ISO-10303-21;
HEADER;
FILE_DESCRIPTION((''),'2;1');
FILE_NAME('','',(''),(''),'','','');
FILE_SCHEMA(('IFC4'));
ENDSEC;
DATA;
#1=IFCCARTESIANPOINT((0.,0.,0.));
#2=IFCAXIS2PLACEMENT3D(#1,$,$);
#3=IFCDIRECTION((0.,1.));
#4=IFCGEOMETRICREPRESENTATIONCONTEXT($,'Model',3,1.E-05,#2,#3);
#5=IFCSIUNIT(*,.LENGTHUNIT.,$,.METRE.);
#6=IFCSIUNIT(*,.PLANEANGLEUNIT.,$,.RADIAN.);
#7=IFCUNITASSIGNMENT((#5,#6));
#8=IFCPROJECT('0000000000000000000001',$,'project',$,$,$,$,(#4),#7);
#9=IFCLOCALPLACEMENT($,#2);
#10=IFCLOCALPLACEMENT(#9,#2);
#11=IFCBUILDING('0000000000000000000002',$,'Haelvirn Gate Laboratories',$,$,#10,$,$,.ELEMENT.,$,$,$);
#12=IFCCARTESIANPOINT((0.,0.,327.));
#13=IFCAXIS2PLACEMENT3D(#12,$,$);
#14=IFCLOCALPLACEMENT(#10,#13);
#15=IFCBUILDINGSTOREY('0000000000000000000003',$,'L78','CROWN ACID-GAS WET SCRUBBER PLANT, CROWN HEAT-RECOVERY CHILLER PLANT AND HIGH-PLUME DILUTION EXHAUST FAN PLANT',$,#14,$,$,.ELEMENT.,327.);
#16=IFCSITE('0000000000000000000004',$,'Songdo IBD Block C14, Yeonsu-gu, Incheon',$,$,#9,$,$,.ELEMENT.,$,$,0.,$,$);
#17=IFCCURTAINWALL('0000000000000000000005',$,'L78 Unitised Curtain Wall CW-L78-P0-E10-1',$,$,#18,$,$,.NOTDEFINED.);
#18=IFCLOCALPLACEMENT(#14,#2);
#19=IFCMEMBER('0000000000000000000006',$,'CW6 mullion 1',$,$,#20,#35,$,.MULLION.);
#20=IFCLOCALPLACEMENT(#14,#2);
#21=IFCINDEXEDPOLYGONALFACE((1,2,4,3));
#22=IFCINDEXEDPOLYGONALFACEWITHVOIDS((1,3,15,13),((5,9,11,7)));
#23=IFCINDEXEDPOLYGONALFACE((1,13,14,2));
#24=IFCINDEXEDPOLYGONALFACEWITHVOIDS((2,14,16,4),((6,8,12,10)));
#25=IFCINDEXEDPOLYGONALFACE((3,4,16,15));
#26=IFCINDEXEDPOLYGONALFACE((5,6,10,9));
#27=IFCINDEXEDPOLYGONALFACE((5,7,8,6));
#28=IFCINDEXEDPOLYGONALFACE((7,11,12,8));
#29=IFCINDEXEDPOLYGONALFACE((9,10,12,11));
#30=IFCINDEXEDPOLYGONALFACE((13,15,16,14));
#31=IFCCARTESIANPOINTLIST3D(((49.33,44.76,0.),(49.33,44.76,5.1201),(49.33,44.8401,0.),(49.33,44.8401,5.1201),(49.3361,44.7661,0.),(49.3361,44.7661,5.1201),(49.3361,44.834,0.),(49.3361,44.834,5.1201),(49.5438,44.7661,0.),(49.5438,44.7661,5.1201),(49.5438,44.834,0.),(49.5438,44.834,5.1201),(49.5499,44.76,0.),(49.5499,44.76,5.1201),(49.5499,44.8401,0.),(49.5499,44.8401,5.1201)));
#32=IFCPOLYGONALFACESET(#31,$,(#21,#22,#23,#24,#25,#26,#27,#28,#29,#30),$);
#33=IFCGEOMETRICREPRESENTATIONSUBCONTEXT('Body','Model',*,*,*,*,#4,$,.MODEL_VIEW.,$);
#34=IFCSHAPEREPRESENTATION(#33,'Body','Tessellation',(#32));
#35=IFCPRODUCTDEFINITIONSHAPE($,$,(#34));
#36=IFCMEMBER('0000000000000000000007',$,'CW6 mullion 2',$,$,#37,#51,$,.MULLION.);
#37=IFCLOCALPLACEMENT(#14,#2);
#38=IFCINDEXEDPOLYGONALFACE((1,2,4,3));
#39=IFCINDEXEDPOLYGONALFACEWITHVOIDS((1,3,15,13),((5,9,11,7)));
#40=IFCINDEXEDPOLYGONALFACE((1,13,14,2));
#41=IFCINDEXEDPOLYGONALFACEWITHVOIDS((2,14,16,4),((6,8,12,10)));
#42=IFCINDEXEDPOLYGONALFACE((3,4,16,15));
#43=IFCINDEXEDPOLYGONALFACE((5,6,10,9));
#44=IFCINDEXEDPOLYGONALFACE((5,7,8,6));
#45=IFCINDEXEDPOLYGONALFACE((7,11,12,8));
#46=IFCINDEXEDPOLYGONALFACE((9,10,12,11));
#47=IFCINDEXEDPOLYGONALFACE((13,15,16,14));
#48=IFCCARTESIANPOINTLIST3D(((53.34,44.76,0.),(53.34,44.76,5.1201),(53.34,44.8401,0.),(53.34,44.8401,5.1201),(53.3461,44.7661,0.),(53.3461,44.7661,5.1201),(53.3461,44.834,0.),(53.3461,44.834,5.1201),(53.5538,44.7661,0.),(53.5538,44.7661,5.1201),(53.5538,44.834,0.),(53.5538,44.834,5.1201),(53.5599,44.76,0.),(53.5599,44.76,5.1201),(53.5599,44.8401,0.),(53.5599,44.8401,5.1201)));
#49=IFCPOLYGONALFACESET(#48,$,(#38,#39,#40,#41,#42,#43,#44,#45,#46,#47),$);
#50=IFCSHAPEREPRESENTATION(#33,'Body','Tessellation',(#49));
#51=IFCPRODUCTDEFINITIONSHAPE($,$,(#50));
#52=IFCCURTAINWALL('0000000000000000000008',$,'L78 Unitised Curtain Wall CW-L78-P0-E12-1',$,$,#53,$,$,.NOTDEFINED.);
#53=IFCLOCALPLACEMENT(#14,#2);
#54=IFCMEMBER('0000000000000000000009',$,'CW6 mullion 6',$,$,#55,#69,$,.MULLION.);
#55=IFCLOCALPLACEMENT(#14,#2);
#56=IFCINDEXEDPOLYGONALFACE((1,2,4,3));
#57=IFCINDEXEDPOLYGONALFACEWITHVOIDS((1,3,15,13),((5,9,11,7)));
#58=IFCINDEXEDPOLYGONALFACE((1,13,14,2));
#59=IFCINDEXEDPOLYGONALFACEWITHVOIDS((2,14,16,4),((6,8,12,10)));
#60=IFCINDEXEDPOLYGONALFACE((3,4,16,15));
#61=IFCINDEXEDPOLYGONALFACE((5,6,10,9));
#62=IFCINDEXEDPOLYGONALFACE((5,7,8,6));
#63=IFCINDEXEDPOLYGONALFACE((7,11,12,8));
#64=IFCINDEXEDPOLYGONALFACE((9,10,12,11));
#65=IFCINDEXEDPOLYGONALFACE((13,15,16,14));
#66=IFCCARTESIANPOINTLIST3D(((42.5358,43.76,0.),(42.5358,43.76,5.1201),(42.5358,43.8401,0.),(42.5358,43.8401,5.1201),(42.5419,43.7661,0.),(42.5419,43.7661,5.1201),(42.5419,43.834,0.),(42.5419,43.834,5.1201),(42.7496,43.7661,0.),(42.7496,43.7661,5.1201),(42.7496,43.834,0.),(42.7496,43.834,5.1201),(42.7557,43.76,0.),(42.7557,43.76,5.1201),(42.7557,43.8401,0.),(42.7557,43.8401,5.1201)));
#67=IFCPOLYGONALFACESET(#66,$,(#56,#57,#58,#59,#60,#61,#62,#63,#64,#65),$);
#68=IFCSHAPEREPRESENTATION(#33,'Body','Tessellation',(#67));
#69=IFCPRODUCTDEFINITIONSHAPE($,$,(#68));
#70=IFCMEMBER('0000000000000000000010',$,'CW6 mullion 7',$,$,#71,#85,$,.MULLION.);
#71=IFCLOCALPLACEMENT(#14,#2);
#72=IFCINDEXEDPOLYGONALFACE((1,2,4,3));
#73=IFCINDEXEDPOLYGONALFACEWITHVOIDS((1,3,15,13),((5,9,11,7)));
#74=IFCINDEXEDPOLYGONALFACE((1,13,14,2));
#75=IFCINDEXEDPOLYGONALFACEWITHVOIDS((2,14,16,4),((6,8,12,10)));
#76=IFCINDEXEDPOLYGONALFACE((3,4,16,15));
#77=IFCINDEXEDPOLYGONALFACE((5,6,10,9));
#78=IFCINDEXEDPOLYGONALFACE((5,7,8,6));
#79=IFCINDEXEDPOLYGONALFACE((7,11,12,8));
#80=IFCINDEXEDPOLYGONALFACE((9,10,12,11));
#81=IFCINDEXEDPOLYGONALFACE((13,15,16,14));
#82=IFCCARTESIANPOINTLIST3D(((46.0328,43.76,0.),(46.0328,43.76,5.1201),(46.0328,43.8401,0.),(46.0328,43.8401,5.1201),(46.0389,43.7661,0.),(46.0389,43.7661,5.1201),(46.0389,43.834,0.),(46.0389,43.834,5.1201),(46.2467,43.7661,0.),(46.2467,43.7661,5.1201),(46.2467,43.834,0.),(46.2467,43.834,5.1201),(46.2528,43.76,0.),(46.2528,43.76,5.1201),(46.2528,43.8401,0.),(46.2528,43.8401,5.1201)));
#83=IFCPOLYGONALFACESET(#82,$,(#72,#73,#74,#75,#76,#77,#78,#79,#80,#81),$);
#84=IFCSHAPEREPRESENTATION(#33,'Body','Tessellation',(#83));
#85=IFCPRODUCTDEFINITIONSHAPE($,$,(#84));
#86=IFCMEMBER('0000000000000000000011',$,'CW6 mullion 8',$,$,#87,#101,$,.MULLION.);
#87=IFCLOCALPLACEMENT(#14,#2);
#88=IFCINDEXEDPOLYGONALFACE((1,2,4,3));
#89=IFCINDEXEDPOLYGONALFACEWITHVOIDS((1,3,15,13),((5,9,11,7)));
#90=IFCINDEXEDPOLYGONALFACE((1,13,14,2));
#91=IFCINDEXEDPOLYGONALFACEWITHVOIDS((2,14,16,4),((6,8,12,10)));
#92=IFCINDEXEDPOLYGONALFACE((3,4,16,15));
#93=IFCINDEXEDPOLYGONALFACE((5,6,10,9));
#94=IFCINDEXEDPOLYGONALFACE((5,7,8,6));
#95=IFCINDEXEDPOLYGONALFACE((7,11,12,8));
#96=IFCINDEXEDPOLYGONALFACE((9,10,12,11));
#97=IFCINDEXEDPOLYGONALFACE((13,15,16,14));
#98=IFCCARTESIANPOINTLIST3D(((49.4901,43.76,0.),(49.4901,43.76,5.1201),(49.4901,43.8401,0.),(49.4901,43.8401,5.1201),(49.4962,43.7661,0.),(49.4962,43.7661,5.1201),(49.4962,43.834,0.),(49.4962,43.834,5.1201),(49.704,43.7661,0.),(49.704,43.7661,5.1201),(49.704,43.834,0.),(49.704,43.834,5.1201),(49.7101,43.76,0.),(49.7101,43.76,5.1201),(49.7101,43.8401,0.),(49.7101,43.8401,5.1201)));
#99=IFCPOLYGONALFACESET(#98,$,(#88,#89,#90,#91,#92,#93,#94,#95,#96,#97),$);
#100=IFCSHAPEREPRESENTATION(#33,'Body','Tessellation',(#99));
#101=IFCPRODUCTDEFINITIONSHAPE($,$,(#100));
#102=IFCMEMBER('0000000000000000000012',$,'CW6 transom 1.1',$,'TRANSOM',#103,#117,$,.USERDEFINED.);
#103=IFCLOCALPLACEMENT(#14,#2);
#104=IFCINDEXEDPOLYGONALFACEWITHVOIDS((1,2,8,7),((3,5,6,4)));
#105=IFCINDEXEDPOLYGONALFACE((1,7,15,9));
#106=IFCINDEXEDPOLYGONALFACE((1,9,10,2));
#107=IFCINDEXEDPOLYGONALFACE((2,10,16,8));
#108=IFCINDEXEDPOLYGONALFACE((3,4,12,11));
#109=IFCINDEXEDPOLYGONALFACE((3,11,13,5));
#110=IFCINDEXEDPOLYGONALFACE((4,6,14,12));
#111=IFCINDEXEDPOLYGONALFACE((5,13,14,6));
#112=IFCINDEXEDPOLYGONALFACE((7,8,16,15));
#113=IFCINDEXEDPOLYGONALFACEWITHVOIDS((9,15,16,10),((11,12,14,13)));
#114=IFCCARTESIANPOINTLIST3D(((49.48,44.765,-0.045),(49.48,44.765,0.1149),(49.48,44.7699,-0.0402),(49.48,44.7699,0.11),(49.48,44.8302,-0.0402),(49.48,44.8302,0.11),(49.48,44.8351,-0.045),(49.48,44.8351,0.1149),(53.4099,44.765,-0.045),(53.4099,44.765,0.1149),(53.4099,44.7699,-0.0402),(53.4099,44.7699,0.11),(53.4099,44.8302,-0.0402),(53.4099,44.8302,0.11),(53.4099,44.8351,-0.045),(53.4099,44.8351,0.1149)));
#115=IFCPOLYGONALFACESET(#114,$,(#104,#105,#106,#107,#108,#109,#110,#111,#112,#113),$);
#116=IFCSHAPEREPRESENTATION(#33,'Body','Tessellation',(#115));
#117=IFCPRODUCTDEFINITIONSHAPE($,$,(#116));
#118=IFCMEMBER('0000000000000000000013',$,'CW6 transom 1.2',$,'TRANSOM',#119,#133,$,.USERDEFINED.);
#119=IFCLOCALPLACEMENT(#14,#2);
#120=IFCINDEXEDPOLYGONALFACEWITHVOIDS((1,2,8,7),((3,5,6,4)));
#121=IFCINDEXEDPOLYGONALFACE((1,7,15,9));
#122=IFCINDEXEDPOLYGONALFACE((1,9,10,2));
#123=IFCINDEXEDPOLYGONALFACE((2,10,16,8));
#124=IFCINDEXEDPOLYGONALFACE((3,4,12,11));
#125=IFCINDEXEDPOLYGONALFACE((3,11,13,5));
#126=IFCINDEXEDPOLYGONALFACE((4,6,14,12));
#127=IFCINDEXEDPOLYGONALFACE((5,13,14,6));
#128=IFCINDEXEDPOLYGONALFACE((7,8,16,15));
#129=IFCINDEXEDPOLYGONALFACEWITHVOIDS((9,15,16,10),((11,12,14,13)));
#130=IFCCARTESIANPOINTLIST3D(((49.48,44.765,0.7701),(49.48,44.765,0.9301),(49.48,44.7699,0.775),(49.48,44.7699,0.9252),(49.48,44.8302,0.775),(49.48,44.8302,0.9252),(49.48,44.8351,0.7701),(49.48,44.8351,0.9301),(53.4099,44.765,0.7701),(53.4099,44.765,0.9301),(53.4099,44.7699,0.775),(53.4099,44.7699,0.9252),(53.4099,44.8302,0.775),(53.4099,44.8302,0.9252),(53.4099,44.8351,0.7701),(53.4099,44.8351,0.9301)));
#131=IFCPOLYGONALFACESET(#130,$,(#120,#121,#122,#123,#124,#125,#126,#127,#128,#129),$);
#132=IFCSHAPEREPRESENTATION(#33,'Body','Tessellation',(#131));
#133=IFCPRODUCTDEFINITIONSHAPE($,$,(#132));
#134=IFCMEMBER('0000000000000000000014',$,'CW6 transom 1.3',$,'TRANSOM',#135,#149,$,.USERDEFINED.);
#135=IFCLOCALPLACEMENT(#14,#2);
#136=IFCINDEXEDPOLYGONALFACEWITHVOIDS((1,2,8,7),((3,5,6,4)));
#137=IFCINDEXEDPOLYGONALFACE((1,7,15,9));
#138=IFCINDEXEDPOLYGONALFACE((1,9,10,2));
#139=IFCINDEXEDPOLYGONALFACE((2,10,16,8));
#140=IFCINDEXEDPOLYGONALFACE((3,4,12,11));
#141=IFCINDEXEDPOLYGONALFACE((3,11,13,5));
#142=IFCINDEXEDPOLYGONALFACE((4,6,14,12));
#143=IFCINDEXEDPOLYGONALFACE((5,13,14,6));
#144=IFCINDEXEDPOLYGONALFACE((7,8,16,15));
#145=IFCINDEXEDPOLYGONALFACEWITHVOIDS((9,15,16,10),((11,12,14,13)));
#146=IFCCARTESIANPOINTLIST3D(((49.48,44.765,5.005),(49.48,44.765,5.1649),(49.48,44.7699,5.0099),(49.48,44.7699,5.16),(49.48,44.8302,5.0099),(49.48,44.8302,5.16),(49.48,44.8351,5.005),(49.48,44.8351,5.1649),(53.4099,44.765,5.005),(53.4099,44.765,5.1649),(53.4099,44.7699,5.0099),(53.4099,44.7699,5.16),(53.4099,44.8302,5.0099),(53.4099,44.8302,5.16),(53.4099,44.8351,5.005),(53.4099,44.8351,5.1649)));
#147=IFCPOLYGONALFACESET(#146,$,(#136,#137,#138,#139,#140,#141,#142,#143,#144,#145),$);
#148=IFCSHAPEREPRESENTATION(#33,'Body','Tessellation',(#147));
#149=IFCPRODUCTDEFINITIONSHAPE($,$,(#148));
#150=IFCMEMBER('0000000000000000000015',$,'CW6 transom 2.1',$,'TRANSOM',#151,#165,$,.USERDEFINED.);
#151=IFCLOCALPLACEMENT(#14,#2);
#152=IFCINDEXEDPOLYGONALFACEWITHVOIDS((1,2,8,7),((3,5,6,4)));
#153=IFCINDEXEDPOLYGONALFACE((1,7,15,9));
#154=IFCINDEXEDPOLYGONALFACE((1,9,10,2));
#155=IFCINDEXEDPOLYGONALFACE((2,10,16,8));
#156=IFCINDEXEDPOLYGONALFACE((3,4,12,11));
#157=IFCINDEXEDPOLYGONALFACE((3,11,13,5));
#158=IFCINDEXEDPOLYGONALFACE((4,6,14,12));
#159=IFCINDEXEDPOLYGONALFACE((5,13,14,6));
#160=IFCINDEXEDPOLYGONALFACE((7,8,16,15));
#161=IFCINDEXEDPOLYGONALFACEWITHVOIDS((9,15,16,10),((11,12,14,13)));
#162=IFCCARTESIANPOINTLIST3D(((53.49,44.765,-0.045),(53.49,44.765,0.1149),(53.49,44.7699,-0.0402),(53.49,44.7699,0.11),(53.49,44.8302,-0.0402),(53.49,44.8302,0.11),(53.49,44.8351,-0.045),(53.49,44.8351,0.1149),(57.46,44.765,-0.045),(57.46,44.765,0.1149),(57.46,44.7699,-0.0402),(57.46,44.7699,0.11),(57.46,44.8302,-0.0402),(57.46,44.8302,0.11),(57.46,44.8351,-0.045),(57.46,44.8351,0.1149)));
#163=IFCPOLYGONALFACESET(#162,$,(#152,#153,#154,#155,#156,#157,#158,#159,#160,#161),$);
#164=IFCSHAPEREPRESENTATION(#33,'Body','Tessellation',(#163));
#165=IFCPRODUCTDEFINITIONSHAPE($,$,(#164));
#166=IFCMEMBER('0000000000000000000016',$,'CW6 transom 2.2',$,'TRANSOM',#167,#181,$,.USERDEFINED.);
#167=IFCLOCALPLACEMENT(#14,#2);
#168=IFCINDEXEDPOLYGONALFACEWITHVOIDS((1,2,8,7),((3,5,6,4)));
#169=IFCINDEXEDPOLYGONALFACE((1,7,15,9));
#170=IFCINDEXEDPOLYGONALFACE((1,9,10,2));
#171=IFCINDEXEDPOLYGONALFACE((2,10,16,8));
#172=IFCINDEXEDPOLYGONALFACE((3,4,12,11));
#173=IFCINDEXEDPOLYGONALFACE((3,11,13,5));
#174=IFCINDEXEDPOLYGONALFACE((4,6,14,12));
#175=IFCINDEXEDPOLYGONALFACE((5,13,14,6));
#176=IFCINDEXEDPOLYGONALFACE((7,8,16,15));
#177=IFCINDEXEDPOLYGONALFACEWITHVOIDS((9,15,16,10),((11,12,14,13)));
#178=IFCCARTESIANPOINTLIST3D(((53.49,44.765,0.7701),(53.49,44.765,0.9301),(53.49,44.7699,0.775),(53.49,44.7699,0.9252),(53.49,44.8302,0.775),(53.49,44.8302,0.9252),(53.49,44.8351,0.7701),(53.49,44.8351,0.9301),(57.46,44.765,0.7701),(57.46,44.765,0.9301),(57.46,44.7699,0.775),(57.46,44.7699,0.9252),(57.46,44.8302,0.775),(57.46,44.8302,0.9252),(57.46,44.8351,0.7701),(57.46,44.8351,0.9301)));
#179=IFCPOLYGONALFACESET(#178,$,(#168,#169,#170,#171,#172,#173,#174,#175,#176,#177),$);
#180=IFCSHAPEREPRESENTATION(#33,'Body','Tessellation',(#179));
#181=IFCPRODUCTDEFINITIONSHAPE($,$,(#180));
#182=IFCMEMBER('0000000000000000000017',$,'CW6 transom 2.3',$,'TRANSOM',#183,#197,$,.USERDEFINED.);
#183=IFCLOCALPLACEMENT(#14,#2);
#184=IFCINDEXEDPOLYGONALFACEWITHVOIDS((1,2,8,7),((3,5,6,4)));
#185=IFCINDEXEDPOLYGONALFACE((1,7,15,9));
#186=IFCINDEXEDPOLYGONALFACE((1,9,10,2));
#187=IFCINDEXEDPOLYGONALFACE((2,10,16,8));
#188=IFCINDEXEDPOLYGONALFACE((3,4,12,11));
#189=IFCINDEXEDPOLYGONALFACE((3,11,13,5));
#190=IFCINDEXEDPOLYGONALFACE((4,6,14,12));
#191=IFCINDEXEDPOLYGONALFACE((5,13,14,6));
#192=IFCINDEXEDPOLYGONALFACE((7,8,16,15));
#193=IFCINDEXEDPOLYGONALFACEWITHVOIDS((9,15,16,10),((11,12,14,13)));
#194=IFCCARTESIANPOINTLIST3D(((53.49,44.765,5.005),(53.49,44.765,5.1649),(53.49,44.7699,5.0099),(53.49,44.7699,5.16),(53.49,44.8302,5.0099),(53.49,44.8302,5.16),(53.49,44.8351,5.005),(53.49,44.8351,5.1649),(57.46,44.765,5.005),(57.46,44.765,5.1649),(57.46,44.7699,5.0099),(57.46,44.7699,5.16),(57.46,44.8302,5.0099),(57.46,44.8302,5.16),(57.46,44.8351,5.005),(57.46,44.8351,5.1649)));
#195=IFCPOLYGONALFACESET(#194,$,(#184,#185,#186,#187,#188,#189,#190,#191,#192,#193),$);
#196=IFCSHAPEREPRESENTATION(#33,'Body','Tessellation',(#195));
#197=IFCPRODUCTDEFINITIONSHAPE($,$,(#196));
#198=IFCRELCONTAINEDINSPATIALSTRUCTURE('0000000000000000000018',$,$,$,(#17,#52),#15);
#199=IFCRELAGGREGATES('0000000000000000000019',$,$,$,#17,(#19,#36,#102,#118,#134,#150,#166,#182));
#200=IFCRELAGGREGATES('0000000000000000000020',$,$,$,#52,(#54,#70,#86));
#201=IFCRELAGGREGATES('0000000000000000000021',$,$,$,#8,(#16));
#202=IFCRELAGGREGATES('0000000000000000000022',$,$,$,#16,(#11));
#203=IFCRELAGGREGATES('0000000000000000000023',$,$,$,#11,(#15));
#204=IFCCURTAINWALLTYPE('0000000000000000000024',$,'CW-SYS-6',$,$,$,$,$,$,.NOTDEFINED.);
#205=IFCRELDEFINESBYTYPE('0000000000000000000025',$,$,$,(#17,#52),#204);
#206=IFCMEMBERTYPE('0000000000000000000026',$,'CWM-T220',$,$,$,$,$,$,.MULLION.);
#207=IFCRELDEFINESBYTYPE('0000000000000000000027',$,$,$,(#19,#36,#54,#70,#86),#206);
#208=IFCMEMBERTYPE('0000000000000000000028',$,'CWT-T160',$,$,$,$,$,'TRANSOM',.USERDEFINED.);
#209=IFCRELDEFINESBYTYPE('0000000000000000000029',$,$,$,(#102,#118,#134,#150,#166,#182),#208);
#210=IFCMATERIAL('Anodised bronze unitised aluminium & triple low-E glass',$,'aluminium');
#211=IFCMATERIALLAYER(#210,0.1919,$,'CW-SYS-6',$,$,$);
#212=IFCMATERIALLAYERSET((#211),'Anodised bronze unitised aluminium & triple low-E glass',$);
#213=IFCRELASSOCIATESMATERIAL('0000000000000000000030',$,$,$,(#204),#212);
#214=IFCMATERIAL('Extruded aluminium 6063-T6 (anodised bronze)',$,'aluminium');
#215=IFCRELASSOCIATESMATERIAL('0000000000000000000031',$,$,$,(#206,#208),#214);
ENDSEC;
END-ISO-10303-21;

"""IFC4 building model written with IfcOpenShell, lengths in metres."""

from ifc_helpers import new_model, si_unit, direction, frame, origin, origin_2d, place, context, subcontext, project, spatial, hollow_rectangle, extrude, source, transform, mapped, material, layer, layer_set, material_profile, profile_set, type_object, type_shapes, element, aggregate, save


model = new_model("IFC4")

# Units and contexts
model_context = context("Model", 3, precision=1e-05, world=origin(), true_north=direction((0.0, 1.0)))
body_context = subcontext(model_context, "Body", "Model", "MODEL_VIEW")
ifc_project = project(units=[si_unit("LENGTHUNIT", "METRE"), si_unit("PLANEANGLEUNIT", "RADIAN")], contexts=[model_context])

# Site, building, storey
site_placement = place(None, origin())
site = spatial("IfcSite", under=ifc_project, at=site_placement, Name="Songdo IBD Block C14, Yeonsu-gu, Incheon", CompositionType="ELEMENT", RefElevation=0.0)
building_placement = place(site_placement, origin())
building = spatial("IfcBuilding", under=site, at=building_placement, Name="Haelvirn Gate Laboratories", CompositionType="ELEMENT")
storey_placement = place(building_placement, frame((0.0, 0.0, 327.0)))
storey = spatial("IfcBuildingStorey", under=building, at=storey_placement, Name="L78", Description="CROWN ACID-GAS WET SCRUBBER PLANT, CROWN HEAT-RECOVERY CHILLER PLANT AND HIGH-PLUME DILUTION EXHAUST FAN PLANT", CompositionType="ELEMENT", Elevation=327.0)

# Curtain walls, members
ifc_material_1 = material(Name="Anodised bronze unitised aluminium & triple low-E glass", Category="aluminium")
ifc_layer_1 = layer(ifc_material_1, 0.1919, Name="CW-SYS-6")
ifc_layer_set_1 = layer_set([ifc_layer_1], Name="Anodised bronze unitised aluminium & triple low-E glass")
curtain_wall_type = type_object("IfcCurtainWallType", Name="CW-SYS-6", PredefinedType="NOTDEFINED", material=ifc_layer_set_1)
curtain_wall_1_placement = place(storey_placement, origin())
curtain_wall_1 = element("IfcCurtainWall", 1, at=curtain_wall_1_placement, inside=storey, type_object=curtain_wall_type, Name="L78 Unitised Curtain Wall CW-L78-P0-E10-1", PredefinedType="NOTDEFINED")
ifc_material_2 = material(Name="Extruded aluminium 6063-T6 (anodised bronze)", Category="aluminium")
ifc_material_profile_1 = material_profile(ifc_material_2, hollow_rectangle(XDim=0.0801, YDim=0.22, WallThickness=0.0061, at=origin_2d()), Name="CWM-220x80x6")
ifc_profile_set_1 = profile_set([ifc_material_profile_1], Name="Extruded aluminium 6063-T6 (anodised bronze)")
member_type_1 = type_object("IfcMemberType", Name="CWM-T220", PredefinedType="MULLION", material=ifc_profile_set_1)
shared_shape_1 = source(origin(), body_context, "Body", "SweptSolid", [
    extrude(hollow_rectangle(XDim=0.0801, YDim=0.22, WallThickness=0.0061, at=origin_2d()), origin(), (0.0, 0.0, 1.0), 5.1201),
])
type_shapes(member_type_1, [shared_shape_1])
member_1_placement = place(storey_placement, frame((49.4399, 44.8, 0.0), z_axis=(0.0, 0.0, 1.0), x_axis=(0.0, 1.0, 0.0)))
member_1 = element("IfcMember", 2, at=member_1_placement, type_object=member_type_1, Name="CW6 mullion 1", PredefinedType="MULLION", context=body_context, shape_type="MappedRepresentation", body=[
    mapped(shared_shape_1, transform((0.0, 0.0, 0.0), scale=1.0)),
])
member_2_placement = place(storey_placement, frame((53.45, 44.8, 0.0), z_axis=(0.0, 0.0, 1.0), x_axis=(0.0, 1.0, 0.0)))
member_2 = element("IfcMember", 3, at=member_2_placement, type_object=member_type_1, Name="CW6 mullion 2", PredefinedType="MULLION", context=body_context, shape_type="MappedRepresentation", body=[
    mapped(shared_shape_1, transform((0.0, 0.0, 0.0), scale=1.0)),
])
curtain_wall_2_placement = place(storey_placement, origin())
curtain_wall_2 = element("IfcCurtainWall", 4, at=curtain_wall_2_placement, inside=storey, type_object=curtain_wall_type, Name="L78 Unitised Curtain Wall CW-L78-P0-E12-1", PredefinedType="NOTDEFINED")
member_3_placement = place(storey_placement, frame((42.6458, 43.8, 0.0), z_axis=(0.0, 0.0, 1.0), x_axis=(0.0, 1.0, 0.0)))
member_3 = element("IfcMember", 5, at=member_3_placement, type_object=member_type_1, Name="CW6 mullion 6", PredefinedType="MULLION", context=body_context, shape_type="MappedRepresentation", body=[
    mapped(shared_shape_1, transform((0.0, 0.0, 0.0), scale=1.0)),
])
member_4_placement = place(storey_placement, frame((46.1428, 43.8, 0.0), z_axis=(0.0, 0.0, 1.0), x_axis=(0.0, 1.0, 0.0)))
member_4 = element("IfcMember", 6, at=member_4_placement, type_object=member_type_1, Name="CW6 mullion 7", PredefinedType="MULLION", context=body_context, shape_type="MappedRepresentation", body=[
    mapped(shared_shape_1, transform((0.0, 0.0, 0.0), scale=1.0)),
])
member_5_placement = place(storey_placement, frame((49.6001, 43.8, 0.0), z_axis=(0.0, 0.0, 1.0), x_axis=(0.0, 1.0, 0.0)))
member_5 = element("IfcMember", 7, at=member_5_placement, type_object=member_type_1, Name="CW6 mullion 8", PredefinedType="MULLION", context=body_context, shape_type="MappedRepresentation", body=[
    mapped(shared_shape_1, transform((0.0, 0.0, 0.0), scale=1.0)),
])

# Members
ifc_material_profile_2 = material_profile(ifc_material_2, hollow_rectangle(XDim=0.0701, YDim=0.1599, WallThickness=0.0049, at=origin_2d()), Name="CWT-160x70x5")
ifc_profile_set_2 = profile_set([ifc_material_profile_2], Name="Extruded aluminium 6063-T6 (anodised bronze)")
member_type_2 = type_object("IfcMemberType", Name="CWT-T160", ElementType="TRANSOM", PredefinedType="USERDEFINED", material=ifc_profile_set_2)
shared_shape_2 = source(origin(), body_context, "Body", "SweptSolid", [
    extrude(hollow_rectangle(XDim=0.0701, YDim=0.1599, WallThickness=0.0049, at=origin_2d()), origin(), (0.0, 0.0, 1.0), 3.9299),
])
member_6_placement = place(storey_placement, frame((49.48, 44.8, 0.0349), z_axis=(1.0, 0.0, 0.0), x_axis=(0.0, 1.0, 0.0)))
member_6 = element("IfcMember", 8, at=member_6_placement, type_object=member_type_2, Name="CW6 transom 1.1", ObjectType="TRANSOM", PredefinedType="USERDEFINED", context=body_context, shape_type="MappedRepresentation", body=[
    mapped(shared_shape_2, transform((0.0, 0.0, 0.0), scale=1.0)),
])
member_7_placement = place(storey_placement, frame((49.48, 44.8, 0.8501), z_axis=(1.0, 0.0, 0.0), x_axis=(0.0, 1.0, 0.0)))
member_7 = element("IfcMember", 9, at=member_7_placement, type_object=member_type_2, Name="CW6 transom 1.2", ObjectType="TRANSOM", PredefinedType="USERDEFINED", context=body_context, shape_type="MappedRepresentation", body=[
    mapped(shared_shape_2, transform((0.0, 0.0, 0.0), scale=1.0)),
])
member_8_placement = place(storey_placement, frame((49.48, 44.8, 5.085), z_axis=(1.0, 0.0, 0.0), x_axis=(0.0, 1.0, 0.0)))
member_8 = element("IfcMember", 10, at=member_8_placement, type_object=member_type_2, Name="CW6 transom 1.3", ObjectType="TRANSOM", PredefinedType="USERDEFINED", context=body_context, shape_type="MappedRepresentation", body=[
    mapped(shared_shape_2, transform((0.0, 0.0, 0.0), scale=1.0)),
])
shared_shape_3 = source(origin(), body_context, "Body", "SweptSolid", [
    extrude(hollow_rectangle(XDim=0.0701, YDim=0.1599, WallThickness=0.0049, at=origin_2d()), origin(), (0.0, 0.0, 1.0), 3.97),
])
member_9_placement = place(storey_placement, frame((53.49, 44.8, 0.0349), z_axis=(1.0, 0.0, 0.0), x_axis=(0.0, 1.0, 0.0)))
member_9 = element("IfcMember", 11, at=member_9_placement, type_object=member_type_2, Name="CW6 transom 2.1", ObjectType="TRANSOM", PredefinedType="USERDEFINED", context=body_context, shape_type="MappedRepresentation", body=[
    mapped(shared_shape_3, transform((0.0, 0.0, 0.0), scale=1.0)),
])
member_10_placement = place(storey_placement, frame((53.49, 44.8, 0.8501), z_axis=(1.0, 0.0, 0.0), x_axis=(0.0, 1.0, 0.0)))
member_10 = element("IfcMember", 12, at=member_10_placement, type_object=member_type_2, Name="CW6 transom 2.2", ObjectType="TRANSOM", PredefinedType="USERDEFINED", context=body_context, shape_type="MappedRepresentation", body=[
    mapped(shared_shape_3, transform((0.0, 0.0, 0.0), scale=1.0)),
])
member_11_placement = place(storey_placement, frame((53.49, 44.8, 5.085), z_axis=(1.0, 0.0, 0.0), x_axis=(0.0, 1.0, 0.0)))
member_11 = element("IfcMember", 13, at=member_11_placement, type_object=member_type_2, Name="CW6 transom 2.3", ObjectType="TRANSOM", PredefinedType="USERDEFINED", context=body_context, shape_type="MappedRepresentation", body=[
    mapped(shared_shape_3, transform((0.0, 0.0, 0.0), scale=1.0)),
])

aggregate(curtain_wall_1, [member_1, member_2, member_6, member_7, member_8, member_9, member_10, member_11])
aggregate(curtain_wall_2, [member_3, member_4, member_5])

save(model, "model.ifc")
